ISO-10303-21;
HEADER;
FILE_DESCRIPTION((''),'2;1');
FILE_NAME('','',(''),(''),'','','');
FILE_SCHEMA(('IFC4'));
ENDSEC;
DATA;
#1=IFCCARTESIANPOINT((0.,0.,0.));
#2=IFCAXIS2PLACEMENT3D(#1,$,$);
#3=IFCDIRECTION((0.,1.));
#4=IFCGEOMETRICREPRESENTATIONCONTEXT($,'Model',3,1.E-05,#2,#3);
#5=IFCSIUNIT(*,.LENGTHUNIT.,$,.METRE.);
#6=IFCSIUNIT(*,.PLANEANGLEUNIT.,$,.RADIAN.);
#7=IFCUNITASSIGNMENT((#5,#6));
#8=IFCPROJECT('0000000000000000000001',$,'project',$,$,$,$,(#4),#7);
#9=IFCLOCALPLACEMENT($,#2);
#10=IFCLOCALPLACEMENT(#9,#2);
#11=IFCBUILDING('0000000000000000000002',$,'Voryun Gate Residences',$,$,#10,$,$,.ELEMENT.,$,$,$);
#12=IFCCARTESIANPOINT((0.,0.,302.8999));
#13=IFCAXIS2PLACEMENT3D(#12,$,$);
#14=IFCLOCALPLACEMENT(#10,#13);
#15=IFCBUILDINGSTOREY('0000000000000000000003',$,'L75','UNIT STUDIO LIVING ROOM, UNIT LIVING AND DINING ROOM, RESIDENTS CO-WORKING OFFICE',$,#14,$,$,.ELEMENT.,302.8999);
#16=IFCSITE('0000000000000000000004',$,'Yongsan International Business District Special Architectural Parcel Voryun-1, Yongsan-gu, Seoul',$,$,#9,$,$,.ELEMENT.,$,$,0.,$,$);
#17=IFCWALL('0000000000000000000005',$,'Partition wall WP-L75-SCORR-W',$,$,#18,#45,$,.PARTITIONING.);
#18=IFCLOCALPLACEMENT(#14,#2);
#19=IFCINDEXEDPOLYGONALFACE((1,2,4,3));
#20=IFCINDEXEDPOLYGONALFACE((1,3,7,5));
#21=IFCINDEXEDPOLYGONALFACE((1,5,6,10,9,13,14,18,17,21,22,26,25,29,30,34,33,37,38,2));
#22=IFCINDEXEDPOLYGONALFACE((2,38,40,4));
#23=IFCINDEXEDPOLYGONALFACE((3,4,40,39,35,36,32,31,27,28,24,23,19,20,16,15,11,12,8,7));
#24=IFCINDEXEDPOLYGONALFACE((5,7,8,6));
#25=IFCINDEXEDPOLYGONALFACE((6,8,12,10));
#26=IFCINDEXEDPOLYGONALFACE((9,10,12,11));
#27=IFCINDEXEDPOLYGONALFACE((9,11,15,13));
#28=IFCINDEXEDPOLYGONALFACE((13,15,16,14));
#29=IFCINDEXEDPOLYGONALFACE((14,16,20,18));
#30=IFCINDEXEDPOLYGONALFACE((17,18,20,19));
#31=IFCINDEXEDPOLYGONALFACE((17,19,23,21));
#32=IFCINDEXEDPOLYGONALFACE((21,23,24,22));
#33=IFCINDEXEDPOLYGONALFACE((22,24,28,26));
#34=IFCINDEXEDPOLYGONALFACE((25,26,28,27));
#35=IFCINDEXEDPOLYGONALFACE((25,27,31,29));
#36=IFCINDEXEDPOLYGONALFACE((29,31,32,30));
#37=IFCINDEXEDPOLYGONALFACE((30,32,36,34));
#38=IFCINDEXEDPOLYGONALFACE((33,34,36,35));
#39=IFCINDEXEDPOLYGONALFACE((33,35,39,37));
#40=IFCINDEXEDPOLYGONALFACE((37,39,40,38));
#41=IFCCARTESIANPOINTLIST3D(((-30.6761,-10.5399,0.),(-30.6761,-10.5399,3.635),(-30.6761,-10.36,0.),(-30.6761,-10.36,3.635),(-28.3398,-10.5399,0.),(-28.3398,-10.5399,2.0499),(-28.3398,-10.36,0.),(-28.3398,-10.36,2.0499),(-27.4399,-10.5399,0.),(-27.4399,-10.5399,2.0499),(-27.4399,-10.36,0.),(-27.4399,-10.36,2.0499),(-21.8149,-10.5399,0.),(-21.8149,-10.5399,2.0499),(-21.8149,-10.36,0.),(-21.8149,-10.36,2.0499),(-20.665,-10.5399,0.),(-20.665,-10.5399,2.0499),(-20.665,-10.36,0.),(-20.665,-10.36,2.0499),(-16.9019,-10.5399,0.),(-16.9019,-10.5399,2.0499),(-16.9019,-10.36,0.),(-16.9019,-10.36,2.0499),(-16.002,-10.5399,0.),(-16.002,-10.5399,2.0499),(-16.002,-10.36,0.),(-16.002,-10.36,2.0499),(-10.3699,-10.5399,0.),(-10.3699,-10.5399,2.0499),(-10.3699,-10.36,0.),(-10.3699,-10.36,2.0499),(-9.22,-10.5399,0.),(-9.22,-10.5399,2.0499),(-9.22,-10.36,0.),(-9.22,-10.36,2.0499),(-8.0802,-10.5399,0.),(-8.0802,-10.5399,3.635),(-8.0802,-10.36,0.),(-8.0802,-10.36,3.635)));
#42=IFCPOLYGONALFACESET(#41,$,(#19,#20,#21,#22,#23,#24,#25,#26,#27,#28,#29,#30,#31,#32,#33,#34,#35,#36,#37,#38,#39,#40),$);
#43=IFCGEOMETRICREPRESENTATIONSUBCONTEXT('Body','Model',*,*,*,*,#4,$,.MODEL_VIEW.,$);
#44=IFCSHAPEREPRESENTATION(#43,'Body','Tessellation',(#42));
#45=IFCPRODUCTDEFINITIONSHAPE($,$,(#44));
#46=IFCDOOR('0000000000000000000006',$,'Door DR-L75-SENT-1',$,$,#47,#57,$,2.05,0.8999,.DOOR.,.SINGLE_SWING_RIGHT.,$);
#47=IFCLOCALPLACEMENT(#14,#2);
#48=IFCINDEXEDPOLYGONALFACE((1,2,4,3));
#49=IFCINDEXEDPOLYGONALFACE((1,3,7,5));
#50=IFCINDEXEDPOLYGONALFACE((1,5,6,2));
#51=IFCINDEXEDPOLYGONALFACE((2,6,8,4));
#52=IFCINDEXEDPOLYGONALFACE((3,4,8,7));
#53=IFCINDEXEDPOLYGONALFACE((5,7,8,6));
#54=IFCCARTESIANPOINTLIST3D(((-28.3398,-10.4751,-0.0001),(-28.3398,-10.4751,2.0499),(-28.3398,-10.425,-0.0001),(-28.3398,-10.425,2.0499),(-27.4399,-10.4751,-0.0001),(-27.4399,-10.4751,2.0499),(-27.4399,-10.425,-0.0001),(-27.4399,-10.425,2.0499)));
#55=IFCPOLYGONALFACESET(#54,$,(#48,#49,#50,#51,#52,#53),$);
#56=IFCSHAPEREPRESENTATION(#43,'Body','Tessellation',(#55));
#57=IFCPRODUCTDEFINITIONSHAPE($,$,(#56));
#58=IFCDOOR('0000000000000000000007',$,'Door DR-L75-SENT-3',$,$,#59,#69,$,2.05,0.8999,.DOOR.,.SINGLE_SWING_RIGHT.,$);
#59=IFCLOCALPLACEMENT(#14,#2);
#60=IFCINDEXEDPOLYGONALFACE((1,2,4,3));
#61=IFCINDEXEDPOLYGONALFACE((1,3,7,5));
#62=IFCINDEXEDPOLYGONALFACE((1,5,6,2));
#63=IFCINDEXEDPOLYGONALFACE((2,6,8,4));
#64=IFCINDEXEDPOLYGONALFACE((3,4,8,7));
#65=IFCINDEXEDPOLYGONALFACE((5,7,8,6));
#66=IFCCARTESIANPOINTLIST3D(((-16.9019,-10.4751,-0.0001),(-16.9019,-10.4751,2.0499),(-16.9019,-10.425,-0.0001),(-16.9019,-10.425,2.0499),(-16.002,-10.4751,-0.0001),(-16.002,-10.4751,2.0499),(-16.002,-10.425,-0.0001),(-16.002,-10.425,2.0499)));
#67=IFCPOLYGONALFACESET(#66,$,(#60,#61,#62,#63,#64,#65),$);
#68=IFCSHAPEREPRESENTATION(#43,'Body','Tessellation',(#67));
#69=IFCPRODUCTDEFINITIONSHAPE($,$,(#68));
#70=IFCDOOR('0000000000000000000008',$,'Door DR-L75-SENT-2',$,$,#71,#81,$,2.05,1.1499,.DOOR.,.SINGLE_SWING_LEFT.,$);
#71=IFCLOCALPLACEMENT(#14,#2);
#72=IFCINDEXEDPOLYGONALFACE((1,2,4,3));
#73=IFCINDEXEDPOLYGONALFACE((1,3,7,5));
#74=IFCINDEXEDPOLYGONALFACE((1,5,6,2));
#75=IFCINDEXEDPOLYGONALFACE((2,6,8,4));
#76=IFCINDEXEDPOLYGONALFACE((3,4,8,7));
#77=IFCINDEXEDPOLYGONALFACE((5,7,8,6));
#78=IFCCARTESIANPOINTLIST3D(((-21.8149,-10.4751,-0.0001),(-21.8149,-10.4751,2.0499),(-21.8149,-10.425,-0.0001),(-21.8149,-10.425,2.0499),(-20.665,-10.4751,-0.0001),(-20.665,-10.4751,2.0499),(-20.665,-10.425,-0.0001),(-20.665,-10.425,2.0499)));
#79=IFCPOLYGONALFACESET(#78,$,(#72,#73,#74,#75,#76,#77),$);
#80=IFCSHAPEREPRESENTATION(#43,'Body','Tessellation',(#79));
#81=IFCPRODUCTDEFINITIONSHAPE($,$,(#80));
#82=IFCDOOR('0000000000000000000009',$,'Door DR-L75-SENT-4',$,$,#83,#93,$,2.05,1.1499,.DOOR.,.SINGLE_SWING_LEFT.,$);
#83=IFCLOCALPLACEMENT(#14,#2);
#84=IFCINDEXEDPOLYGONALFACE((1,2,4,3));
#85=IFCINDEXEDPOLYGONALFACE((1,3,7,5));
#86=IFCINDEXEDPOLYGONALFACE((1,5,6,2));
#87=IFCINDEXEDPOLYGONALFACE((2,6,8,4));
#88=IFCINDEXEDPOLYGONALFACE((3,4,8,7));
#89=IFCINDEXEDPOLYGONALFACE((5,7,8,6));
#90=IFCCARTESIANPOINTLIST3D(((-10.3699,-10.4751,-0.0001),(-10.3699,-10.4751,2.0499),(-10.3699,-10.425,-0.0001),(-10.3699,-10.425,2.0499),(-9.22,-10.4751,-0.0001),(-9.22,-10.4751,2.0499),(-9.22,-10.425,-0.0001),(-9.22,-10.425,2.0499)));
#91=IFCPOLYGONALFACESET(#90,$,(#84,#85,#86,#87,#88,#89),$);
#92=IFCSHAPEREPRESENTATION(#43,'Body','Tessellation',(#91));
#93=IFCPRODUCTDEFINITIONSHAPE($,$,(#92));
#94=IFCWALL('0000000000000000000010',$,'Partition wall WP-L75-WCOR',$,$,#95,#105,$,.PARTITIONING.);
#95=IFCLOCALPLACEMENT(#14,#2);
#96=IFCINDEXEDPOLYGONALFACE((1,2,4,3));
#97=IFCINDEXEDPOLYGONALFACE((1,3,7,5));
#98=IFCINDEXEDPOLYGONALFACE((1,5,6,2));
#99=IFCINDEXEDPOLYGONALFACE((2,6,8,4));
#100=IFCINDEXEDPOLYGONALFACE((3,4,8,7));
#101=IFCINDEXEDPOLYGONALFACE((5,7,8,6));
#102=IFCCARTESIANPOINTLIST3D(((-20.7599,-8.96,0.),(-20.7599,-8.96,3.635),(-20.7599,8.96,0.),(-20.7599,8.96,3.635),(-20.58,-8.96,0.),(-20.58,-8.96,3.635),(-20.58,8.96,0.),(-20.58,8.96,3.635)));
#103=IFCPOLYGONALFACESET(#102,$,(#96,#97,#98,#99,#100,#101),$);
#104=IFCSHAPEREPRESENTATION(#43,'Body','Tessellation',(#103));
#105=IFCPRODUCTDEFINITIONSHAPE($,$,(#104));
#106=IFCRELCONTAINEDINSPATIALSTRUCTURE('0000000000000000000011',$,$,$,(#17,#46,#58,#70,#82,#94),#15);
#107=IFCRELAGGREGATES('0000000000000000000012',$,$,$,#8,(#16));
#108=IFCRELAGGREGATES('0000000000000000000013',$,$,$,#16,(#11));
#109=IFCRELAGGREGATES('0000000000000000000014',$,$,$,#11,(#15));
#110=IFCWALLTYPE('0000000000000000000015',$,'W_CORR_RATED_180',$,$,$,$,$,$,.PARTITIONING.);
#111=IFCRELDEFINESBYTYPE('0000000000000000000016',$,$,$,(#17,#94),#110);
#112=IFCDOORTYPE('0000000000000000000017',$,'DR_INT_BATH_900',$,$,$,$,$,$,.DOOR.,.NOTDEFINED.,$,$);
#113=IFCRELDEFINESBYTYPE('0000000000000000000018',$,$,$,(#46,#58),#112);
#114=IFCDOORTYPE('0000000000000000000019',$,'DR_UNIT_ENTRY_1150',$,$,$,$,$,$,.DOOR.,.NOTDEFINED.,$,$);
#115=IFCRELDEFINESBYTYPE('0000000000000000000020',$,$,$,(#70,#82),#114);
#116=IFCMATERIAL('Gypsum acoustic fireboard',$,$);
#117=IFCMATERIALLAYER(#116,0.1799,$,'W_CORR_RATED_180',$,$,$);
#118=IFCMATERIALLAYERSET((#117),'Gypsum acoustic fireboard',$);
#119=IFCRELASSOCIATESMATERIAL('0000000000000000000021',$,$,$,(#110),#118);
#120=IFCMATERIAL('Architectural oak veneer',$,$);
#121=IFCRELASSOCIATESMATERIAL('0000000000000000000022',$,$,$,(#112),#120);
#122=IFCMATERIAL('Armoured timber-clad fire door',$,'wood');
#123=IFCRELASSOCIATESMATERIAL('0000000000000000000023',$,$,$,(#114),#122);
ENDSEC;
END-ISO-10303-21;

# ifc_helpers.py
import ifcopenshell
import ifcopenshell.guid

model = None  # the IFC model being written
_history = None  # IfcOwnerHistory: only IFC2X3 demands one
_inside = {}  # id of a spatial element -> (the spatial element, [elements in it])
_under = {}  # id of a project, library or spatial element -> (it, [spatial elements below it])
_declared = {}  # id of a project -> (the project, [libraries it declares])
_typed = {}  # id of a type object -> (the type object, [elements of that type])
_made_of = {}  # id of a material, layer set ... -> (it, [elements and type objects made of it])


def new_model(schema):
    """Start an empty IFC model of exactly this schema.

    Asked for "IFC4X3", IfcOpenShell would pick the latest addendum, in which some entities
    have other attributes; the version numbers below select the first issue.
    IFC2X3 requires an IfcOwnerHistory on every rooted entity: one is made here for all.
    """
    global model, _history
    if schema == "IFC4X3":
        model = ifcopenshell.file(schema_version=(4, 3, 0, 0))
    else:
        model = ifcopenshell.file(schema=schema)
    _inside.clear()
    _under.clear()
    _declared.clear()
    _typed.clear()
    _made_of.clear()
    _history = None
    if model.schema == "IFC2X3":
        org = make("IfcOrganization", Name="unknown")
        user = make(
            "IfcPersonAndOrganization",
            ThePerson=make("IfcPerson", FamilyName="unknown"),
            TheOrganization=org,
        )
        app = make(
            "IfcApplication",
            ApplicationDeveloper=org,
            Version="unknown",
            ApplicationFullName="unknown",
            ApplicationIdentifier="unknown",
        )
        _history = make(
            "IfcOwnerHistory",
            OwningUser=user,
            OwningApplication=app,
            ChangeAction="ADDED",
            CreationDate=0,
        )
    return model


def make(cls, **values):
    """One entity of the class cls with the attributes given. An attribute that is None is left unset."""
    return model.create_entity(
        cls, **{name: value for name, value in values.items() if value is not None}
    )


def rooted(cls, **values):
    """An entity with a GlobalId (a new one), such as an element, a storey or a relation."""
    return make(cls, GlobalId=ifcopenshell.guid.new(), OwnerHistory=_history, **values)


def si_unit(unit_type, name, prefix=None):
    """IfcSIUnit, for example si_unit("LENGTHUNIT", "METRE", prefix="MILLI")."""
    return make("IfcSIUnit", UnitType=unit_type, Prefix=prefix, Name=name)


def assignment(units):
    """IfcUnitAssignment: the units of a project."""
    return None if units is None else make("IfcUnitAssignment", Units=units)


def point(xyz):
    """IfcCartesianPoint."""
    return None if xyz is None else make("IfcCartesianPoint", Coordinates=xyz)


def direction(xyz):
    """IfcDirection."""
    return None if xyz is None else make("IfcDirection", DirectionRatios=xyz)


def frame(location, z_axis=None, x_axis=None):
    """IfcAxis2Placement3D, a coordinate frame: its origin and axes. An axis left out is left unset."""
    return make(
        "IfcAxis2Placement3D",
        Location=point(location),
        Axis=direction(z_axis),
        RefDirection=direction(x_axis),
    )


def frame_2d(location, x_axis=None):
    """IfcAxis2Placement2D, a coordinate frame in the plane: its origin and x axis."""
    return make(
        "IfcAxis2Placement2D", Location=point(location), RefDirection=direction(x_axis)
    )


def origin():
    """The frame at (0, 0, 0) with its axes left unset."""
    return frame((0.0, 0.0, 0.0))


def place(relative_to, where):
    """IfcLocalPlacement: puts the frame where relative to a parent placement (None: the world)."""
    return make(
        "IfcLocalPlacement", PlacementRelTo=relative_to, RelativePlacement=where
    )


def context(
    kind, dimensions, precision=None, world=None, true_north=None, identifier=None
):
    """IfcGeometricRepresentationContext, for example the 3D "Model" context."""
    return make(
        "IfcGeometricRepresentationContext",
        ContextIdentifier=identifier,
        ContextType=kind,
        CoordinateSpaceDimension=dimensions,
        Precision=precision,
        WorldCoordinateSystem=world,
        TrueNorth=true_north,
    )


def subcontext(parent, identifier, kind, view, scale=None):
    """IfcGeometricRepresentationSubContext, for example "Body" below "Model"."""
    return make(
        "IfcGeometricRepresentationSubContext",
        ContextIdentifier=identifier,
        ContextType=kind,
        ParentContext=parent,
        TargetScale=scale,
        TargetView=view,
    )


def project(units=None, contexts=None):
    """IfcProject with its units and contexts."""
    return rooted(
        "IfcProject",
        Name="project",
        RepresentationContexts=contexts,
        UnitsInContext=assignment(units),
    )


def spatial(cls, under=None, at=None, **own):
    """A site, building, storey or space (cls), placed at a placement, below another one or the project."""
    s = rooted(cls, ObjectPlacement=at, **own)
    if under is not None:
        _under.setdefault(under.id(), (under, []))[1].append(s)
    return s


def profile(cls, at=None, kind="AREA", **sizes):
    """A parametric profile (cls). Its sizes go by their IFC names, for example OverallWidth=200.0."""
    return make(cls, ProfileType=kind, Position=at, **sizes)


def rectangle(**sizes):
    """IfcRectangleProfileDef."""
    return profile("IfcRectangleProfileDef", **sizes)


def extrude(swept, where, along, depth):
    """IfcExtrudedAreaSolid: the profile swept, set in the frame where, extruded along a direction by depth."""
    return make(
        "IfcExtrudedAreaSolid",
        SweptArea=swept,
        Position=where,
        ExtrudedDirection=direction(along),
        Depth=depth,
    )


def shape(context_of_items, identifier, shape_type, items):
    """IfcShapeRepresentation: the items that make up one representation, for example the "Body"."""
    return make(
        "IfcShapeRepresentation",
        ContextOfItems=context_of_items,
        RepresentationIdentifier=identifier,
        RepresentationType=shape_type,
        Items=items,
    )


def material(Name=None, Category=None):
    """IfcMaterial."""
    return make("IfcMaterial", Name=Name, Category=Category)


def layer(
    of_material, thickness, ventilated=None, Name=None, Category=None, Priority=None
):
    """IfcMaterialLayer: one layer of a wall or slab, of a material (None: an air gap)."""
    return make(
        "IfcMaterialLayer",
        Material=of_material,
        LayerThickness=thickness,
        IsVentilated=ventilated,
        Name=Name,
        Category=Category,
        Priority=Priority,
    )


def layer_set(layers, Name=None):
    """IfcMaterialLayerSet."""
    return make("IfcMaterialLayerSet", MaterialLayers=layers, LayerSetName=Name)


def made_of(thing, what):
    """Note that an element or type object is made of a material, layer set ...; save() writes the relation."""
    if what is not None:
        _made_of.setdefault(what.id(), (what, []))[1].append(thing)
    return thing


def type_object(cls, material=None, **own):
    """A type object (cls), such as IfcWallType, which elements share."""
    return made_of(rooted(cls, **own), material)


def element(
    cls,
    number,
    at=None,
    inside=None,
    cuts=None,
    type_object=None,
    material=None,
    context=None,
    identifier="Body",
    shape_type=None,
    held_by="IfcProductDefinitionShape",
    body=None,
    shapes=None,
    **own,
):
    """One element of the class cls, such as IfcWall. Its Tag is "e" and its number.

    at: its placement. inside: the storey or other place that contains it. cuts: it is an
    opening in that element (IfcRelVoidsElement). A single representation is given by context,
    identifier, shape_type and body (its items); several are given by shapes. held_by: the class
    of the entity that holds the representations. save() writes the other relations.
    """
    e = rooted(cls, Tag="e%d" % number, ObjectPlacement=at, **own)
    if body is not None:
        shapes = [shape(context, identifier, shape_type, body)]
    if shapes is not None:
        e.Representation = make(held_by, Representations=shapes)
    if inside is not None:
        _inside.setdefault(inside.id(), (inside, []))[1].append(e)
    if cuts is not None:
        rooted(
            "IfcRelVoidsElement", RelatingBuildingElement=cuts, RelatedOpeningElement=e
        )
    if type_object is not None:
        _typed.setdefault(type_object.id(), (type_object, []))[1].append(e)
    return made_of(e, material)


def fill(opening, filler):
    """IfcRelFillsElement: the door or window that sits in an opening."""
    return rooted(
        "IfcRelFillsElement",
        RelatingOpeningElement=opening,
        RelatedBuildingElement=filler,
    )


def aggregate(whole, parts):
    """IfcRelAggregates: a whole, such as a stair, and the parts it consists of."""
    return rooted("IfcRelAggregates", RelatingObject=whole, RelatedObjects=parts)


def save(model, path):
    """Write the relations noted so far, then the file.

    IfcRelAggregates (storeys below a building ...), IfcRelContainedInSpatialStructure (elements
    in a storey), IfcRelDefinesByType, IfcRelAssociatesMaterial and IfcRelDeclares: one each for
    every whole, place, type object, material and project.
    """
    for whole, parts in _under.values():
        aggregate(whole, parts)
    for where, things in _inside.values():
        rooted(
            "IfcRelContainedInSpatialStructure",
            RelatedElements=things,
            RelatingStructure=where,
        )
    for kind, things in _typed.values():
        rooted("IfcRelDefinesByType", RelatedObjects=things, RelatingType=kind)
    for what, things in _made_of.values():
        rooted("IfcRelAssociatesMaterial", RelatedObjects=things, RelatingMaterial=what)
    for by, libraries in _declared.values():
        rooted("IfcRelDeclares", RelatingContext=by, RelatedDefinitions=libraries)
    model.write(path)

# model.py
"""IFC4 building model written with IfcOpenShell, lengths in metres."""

from ifc_helpers import new_model, si_unit, direction, frame, frame_2d, origin, place, context, subcontext, project, spatial, rectangle, extrude, material, layer, layer_set, type_object, element, fill, save


model = new_model("IFC4")

# Units and contexts
model_context = context("Model", 3, precision=1e-05, world=origin(), true_north=direction((0.0, 1.0)))
body_context = subcontext(model_context, "Body", "Model", "MODEL_VIEW")
ifc_project = project(units=[si_unit("LENGTHUNIT", "METRE"), si_unit("PLANEANGLEUNIT", "RADIAN")], contexts=[model_context])

# Site, building, storey
site_placement = place(None, origin())
site = spatial("IfcSite", under=ifc_project, at=site_placement, Name="Yongsan International Business District Special Architectural Parcel Voryun-1, Yongsan-gu, Seoul", CompositionType="ELEMENT", RefElevation=0.0)
building_placement = place(site_placement, origin())
building = spatial("IfcBuilding", under=site, at=building_placement, Name="Voryun Gate Residences", CompositionType="ELEMENT")
storey_placement = place(building_placement, frame((0.0, 0.0, 302.8999)))
storey = spatial("IfcBuildingStorey", under=building, at=storey_placement, Name="L75", Description="UNIT STUDIO LIVING ROOM, UNIT LIVING AND DINING ROOM, RESIDENTS CO-WORKING OFFICE", CompositionType="ELEMENT", Elevation=302.8999)

# Shared definitions
ifc_material_1 = material(Name="Gypsum acoustic fireboard")
ifc_layer_1 = layer(ifc_material_1, 0.1799, Name="W_CORR_RATED_180")
ifc_layer_set_1 = layer_set([ifc_layer_1], Name="Gypsum acoustic fireboard")
wall_type_1 = type_object("IfcWallType", Name="W_CORR_RATED_180", PredefinedType="PARTITIONING", material=ifc_layer_set_1)

# Wall, openings, doors
wall_1_placement = place(storey_placement, frame((-30.676, -10.45, 0.0), z_axis=(0.0, 0.0, 1.0), x_axis=(1.0, 0.0, 0.0)))
wall_1 = element("IfcWall", 1, at=wall_1_placement, inside=storey, type_object=wall_type_1, Name="Partition wall WP-L75-SCORR-W", PredefinedType="PARTITIONING", context=body_context, shape_type="SweptSolid", body=[
    extrude(rectangle(XDim=22.5959, YDim=0.1799, at=frame_2d((11.2979, 0.0))), origin(), (0.0, 0.0, 1.0), 3.635),
])
opening_1_placement = place(wall_1_placement, frame((2.3362, 0.0, 0.0)))
opening_1 = element("IfcOpeningElement", 2, at=opening_1_placement, cuts=wall_1, PredefinedType="OPENING", context=body_context, shape_type="SweptSolid", body=[
    extrude(rectangle(XDim=0.8999, YDim=2.05, at=frame_2d((0.45, 1.0249))), frame((0.0, 0.0999, 0.0), z_axis=(0.0, -1.0, 0.0), x_axis=(1.0, 0.0, 0.0)), (0.0, 0.0, 1.0), 0.2),
])
opening_2_placement = place(wall_1_placement, frame((8.8611, 0.0, 0.0)))
opening_2 = element("IfcOpeningElement", 3, at=opening_2_placement, cuts=wall_1, PredefinedType="OPENING", context=body_context, shape_type="SweptSolid", body=[
    extrude(rectangle(XDim=1.1499, YDim=2.05, at=frame_2d((0.575, 1.0249))), frame((0.0, 0.0999, 0.0), z_axis=(0.0, -1.0, 0.0), x_axis=(1.0, 0.0, 0.0)), (0.0, 0.0, 1.0), 0.2),
])
opening_3_placement = place(wall_1_placement, frame((13.7742, 0.0, 0.0)))
opening_3 = element("IfcOpeningElement", 4, at=opening_3_placement, cuts=wall_1, PredefinedType="OPENING", context=body_context, shape_type="SweptSolid", body=[
    extrude(rectangle(XDim=0.8999, YDim=2.05, at=frame_2d((0.45, 1.0249))), frame((0.0, 0.0999, 0.0), z_axis=(0.0, -1.0, 0.0), x_axis=(1.0, 0.0, 0.0)), (0.0, 0.0, 1.0), 0.2),
])
opening_4_placement = place(wall_1_placement, frame((20.3062, 0.0, 0.0)))
opening_4 = element("IfcOpeningElement", 5, at=opening_4_placement, cuts=wall_1, PredefinedType="OPENING", context=body_context, shape_type="SweptSolid", body=[
    extrude(rectangle(XDim=1.1499, YDim=2.05, at=frame_2d((0.575, 1.0249))), frame((0.0, 0.0999, 0.0), z_axis=(0.0, -1.0, 0.0), x_axis=(1.0, 0.0, 0.0)), (0.0, 0.0, 1.0), 0.2),
])
ifc_material_2 = material(Name="Architectural oak veneer")
door_type_1 = type_object("IfcDoorType", Name="DR_INT_BATH_900", OperationType="NOTDEFINED", PredefinedType="DOOR", material=ifc_material_2)
door_1_placement = place(opening_1_placement, origin())
door_1 = element("IfcDoor", 6, at=door_1_placement, inside=storey, type_object=door_type_1, Name="Door DR-L75-SENT-1", OperationType="SINGLE_SWING_RIGHT", OverallHeight=2.05, OverallWidth=0.8999, PredefinedType="DOOR", context=body_context, shape_type="SweptSolid", body=[
    extrude(rectangle(XDim=0.8999, YDim=2.05, at=frame_2d((0.45, 1.0249))), frame((0.0, 0.0249, 0.0), z_axis=(0.0, -1.0, 0.0), x_axis=(1.0, 0.0, 0.0)), (0.0, 0.0, 1.0), 0.05),
])
fill(opening_1, door_1)
door_2_placement = place(opening_3_placement, origin())
door_2 = element("IfcDoor", 7, at=door_2_placement, inside=storey, type_object=door_type_1, Name="Door DR-L75-SENT-3", OperationType="SINGLE_SWING_RIGHT", OverallHeight=2.05, OverallWidth=0.8999, PredefinedType="DOOR", context=body_context, shape_type="SweptSolid", body=[
    extrude(rectangle(XDim=0.8999, YDim=2.05, at=frame_2d((0.45, 1.0249))), frame((0.0, 0.0249, 0.0), z_axis=(0.0, -1.0, 0.0), x_axis=(1.0, 0.0, 0.0)), (0.0, 0.0, 1.0), 0.05),
])
fill(opening_3, door_2)
ifc_material_3 = material(Name="Armoured timber-clad fire door", Category="wood")
door_type_2 = type_object("IfcDoorType", Name="DR_UNIT_ENTRY_1150", OperationType="NOTDEFINED", PredefinedType="DOOR", material=ifc_material_3)
door_3_placement = place(opening_2_placement, origin())
door_3 = element("IfcDoor", 8, at=door_3_placement, inside=storey, type_object=door_type_2, Name="Door DR-L75-SENT-2", OperationType="SINGLE_SWING_LEFT", OverallHeight=2.05, OverallWidth=1.1499, PredefinedType="DOOR", context=body_context, shape_type="SweptSolid", body=[
    extrude(rectangle(XDim=1.1499, YDim=2.05, at=frame_2d((0.575, 1.0249))), frame((0.0, 0.0249, 0.0), z_axis=(0.0, -1.0, 0.0), x_axis=(1.0, 0.0, 0.0)), (0.0, 0.0, 1.0), 0.05),
])
fill(opening_2, door_3)
door_4_placement = place(opening_4_placement, origin())
door_4 = element("IfcDoor", 9, at=door_4_placement, inside=storey, type_object=door_type_2, Name="Door DR-L75-SENT-4", OperationType="SINGLE_SWING_LEFT", OverallHeight=2.05, OverallWidth=1.1499, PredefinedType="DOOR", context=body_context, shape_type="SweptSolid", body=[
    extrude(rectangle(XDim=1.1499, YDim=2.05, at=frame_2d((0.575, 1.0249))), frame((0.0, 0.0249, 0.0), z_axis=(0.0, -1.0, 0.0), x_axis=(1.0, 0.0, 0.0)), (0.0, 0.0, 1.0), 0.05),
])
fill(opening_4, door_4)

# Wall
wall_2_placement = place(storey_placement, frame((-20.6699, -8.96, 0.0), z_axis=(0.0, 0.0, 1.0), x_axis=(0.0, 1.0, 0.0)))
element("IfcWall", 10, at=wall_2_placement, inside=storey, type_object=wall_type_1, Name="Partition wall WP-L75-WCOR", PredefinedType="PARTITIONING", context=body_context, shape_type="SweptSolid", body=[
    extrude(rectangle(XDim=17.9199, YDim=0.1799, at=frame_2d((8.96, 0.0))), origin(), (0.0, 0.0, 1.0), 3.635),
])

save(model, "model.ifc")
